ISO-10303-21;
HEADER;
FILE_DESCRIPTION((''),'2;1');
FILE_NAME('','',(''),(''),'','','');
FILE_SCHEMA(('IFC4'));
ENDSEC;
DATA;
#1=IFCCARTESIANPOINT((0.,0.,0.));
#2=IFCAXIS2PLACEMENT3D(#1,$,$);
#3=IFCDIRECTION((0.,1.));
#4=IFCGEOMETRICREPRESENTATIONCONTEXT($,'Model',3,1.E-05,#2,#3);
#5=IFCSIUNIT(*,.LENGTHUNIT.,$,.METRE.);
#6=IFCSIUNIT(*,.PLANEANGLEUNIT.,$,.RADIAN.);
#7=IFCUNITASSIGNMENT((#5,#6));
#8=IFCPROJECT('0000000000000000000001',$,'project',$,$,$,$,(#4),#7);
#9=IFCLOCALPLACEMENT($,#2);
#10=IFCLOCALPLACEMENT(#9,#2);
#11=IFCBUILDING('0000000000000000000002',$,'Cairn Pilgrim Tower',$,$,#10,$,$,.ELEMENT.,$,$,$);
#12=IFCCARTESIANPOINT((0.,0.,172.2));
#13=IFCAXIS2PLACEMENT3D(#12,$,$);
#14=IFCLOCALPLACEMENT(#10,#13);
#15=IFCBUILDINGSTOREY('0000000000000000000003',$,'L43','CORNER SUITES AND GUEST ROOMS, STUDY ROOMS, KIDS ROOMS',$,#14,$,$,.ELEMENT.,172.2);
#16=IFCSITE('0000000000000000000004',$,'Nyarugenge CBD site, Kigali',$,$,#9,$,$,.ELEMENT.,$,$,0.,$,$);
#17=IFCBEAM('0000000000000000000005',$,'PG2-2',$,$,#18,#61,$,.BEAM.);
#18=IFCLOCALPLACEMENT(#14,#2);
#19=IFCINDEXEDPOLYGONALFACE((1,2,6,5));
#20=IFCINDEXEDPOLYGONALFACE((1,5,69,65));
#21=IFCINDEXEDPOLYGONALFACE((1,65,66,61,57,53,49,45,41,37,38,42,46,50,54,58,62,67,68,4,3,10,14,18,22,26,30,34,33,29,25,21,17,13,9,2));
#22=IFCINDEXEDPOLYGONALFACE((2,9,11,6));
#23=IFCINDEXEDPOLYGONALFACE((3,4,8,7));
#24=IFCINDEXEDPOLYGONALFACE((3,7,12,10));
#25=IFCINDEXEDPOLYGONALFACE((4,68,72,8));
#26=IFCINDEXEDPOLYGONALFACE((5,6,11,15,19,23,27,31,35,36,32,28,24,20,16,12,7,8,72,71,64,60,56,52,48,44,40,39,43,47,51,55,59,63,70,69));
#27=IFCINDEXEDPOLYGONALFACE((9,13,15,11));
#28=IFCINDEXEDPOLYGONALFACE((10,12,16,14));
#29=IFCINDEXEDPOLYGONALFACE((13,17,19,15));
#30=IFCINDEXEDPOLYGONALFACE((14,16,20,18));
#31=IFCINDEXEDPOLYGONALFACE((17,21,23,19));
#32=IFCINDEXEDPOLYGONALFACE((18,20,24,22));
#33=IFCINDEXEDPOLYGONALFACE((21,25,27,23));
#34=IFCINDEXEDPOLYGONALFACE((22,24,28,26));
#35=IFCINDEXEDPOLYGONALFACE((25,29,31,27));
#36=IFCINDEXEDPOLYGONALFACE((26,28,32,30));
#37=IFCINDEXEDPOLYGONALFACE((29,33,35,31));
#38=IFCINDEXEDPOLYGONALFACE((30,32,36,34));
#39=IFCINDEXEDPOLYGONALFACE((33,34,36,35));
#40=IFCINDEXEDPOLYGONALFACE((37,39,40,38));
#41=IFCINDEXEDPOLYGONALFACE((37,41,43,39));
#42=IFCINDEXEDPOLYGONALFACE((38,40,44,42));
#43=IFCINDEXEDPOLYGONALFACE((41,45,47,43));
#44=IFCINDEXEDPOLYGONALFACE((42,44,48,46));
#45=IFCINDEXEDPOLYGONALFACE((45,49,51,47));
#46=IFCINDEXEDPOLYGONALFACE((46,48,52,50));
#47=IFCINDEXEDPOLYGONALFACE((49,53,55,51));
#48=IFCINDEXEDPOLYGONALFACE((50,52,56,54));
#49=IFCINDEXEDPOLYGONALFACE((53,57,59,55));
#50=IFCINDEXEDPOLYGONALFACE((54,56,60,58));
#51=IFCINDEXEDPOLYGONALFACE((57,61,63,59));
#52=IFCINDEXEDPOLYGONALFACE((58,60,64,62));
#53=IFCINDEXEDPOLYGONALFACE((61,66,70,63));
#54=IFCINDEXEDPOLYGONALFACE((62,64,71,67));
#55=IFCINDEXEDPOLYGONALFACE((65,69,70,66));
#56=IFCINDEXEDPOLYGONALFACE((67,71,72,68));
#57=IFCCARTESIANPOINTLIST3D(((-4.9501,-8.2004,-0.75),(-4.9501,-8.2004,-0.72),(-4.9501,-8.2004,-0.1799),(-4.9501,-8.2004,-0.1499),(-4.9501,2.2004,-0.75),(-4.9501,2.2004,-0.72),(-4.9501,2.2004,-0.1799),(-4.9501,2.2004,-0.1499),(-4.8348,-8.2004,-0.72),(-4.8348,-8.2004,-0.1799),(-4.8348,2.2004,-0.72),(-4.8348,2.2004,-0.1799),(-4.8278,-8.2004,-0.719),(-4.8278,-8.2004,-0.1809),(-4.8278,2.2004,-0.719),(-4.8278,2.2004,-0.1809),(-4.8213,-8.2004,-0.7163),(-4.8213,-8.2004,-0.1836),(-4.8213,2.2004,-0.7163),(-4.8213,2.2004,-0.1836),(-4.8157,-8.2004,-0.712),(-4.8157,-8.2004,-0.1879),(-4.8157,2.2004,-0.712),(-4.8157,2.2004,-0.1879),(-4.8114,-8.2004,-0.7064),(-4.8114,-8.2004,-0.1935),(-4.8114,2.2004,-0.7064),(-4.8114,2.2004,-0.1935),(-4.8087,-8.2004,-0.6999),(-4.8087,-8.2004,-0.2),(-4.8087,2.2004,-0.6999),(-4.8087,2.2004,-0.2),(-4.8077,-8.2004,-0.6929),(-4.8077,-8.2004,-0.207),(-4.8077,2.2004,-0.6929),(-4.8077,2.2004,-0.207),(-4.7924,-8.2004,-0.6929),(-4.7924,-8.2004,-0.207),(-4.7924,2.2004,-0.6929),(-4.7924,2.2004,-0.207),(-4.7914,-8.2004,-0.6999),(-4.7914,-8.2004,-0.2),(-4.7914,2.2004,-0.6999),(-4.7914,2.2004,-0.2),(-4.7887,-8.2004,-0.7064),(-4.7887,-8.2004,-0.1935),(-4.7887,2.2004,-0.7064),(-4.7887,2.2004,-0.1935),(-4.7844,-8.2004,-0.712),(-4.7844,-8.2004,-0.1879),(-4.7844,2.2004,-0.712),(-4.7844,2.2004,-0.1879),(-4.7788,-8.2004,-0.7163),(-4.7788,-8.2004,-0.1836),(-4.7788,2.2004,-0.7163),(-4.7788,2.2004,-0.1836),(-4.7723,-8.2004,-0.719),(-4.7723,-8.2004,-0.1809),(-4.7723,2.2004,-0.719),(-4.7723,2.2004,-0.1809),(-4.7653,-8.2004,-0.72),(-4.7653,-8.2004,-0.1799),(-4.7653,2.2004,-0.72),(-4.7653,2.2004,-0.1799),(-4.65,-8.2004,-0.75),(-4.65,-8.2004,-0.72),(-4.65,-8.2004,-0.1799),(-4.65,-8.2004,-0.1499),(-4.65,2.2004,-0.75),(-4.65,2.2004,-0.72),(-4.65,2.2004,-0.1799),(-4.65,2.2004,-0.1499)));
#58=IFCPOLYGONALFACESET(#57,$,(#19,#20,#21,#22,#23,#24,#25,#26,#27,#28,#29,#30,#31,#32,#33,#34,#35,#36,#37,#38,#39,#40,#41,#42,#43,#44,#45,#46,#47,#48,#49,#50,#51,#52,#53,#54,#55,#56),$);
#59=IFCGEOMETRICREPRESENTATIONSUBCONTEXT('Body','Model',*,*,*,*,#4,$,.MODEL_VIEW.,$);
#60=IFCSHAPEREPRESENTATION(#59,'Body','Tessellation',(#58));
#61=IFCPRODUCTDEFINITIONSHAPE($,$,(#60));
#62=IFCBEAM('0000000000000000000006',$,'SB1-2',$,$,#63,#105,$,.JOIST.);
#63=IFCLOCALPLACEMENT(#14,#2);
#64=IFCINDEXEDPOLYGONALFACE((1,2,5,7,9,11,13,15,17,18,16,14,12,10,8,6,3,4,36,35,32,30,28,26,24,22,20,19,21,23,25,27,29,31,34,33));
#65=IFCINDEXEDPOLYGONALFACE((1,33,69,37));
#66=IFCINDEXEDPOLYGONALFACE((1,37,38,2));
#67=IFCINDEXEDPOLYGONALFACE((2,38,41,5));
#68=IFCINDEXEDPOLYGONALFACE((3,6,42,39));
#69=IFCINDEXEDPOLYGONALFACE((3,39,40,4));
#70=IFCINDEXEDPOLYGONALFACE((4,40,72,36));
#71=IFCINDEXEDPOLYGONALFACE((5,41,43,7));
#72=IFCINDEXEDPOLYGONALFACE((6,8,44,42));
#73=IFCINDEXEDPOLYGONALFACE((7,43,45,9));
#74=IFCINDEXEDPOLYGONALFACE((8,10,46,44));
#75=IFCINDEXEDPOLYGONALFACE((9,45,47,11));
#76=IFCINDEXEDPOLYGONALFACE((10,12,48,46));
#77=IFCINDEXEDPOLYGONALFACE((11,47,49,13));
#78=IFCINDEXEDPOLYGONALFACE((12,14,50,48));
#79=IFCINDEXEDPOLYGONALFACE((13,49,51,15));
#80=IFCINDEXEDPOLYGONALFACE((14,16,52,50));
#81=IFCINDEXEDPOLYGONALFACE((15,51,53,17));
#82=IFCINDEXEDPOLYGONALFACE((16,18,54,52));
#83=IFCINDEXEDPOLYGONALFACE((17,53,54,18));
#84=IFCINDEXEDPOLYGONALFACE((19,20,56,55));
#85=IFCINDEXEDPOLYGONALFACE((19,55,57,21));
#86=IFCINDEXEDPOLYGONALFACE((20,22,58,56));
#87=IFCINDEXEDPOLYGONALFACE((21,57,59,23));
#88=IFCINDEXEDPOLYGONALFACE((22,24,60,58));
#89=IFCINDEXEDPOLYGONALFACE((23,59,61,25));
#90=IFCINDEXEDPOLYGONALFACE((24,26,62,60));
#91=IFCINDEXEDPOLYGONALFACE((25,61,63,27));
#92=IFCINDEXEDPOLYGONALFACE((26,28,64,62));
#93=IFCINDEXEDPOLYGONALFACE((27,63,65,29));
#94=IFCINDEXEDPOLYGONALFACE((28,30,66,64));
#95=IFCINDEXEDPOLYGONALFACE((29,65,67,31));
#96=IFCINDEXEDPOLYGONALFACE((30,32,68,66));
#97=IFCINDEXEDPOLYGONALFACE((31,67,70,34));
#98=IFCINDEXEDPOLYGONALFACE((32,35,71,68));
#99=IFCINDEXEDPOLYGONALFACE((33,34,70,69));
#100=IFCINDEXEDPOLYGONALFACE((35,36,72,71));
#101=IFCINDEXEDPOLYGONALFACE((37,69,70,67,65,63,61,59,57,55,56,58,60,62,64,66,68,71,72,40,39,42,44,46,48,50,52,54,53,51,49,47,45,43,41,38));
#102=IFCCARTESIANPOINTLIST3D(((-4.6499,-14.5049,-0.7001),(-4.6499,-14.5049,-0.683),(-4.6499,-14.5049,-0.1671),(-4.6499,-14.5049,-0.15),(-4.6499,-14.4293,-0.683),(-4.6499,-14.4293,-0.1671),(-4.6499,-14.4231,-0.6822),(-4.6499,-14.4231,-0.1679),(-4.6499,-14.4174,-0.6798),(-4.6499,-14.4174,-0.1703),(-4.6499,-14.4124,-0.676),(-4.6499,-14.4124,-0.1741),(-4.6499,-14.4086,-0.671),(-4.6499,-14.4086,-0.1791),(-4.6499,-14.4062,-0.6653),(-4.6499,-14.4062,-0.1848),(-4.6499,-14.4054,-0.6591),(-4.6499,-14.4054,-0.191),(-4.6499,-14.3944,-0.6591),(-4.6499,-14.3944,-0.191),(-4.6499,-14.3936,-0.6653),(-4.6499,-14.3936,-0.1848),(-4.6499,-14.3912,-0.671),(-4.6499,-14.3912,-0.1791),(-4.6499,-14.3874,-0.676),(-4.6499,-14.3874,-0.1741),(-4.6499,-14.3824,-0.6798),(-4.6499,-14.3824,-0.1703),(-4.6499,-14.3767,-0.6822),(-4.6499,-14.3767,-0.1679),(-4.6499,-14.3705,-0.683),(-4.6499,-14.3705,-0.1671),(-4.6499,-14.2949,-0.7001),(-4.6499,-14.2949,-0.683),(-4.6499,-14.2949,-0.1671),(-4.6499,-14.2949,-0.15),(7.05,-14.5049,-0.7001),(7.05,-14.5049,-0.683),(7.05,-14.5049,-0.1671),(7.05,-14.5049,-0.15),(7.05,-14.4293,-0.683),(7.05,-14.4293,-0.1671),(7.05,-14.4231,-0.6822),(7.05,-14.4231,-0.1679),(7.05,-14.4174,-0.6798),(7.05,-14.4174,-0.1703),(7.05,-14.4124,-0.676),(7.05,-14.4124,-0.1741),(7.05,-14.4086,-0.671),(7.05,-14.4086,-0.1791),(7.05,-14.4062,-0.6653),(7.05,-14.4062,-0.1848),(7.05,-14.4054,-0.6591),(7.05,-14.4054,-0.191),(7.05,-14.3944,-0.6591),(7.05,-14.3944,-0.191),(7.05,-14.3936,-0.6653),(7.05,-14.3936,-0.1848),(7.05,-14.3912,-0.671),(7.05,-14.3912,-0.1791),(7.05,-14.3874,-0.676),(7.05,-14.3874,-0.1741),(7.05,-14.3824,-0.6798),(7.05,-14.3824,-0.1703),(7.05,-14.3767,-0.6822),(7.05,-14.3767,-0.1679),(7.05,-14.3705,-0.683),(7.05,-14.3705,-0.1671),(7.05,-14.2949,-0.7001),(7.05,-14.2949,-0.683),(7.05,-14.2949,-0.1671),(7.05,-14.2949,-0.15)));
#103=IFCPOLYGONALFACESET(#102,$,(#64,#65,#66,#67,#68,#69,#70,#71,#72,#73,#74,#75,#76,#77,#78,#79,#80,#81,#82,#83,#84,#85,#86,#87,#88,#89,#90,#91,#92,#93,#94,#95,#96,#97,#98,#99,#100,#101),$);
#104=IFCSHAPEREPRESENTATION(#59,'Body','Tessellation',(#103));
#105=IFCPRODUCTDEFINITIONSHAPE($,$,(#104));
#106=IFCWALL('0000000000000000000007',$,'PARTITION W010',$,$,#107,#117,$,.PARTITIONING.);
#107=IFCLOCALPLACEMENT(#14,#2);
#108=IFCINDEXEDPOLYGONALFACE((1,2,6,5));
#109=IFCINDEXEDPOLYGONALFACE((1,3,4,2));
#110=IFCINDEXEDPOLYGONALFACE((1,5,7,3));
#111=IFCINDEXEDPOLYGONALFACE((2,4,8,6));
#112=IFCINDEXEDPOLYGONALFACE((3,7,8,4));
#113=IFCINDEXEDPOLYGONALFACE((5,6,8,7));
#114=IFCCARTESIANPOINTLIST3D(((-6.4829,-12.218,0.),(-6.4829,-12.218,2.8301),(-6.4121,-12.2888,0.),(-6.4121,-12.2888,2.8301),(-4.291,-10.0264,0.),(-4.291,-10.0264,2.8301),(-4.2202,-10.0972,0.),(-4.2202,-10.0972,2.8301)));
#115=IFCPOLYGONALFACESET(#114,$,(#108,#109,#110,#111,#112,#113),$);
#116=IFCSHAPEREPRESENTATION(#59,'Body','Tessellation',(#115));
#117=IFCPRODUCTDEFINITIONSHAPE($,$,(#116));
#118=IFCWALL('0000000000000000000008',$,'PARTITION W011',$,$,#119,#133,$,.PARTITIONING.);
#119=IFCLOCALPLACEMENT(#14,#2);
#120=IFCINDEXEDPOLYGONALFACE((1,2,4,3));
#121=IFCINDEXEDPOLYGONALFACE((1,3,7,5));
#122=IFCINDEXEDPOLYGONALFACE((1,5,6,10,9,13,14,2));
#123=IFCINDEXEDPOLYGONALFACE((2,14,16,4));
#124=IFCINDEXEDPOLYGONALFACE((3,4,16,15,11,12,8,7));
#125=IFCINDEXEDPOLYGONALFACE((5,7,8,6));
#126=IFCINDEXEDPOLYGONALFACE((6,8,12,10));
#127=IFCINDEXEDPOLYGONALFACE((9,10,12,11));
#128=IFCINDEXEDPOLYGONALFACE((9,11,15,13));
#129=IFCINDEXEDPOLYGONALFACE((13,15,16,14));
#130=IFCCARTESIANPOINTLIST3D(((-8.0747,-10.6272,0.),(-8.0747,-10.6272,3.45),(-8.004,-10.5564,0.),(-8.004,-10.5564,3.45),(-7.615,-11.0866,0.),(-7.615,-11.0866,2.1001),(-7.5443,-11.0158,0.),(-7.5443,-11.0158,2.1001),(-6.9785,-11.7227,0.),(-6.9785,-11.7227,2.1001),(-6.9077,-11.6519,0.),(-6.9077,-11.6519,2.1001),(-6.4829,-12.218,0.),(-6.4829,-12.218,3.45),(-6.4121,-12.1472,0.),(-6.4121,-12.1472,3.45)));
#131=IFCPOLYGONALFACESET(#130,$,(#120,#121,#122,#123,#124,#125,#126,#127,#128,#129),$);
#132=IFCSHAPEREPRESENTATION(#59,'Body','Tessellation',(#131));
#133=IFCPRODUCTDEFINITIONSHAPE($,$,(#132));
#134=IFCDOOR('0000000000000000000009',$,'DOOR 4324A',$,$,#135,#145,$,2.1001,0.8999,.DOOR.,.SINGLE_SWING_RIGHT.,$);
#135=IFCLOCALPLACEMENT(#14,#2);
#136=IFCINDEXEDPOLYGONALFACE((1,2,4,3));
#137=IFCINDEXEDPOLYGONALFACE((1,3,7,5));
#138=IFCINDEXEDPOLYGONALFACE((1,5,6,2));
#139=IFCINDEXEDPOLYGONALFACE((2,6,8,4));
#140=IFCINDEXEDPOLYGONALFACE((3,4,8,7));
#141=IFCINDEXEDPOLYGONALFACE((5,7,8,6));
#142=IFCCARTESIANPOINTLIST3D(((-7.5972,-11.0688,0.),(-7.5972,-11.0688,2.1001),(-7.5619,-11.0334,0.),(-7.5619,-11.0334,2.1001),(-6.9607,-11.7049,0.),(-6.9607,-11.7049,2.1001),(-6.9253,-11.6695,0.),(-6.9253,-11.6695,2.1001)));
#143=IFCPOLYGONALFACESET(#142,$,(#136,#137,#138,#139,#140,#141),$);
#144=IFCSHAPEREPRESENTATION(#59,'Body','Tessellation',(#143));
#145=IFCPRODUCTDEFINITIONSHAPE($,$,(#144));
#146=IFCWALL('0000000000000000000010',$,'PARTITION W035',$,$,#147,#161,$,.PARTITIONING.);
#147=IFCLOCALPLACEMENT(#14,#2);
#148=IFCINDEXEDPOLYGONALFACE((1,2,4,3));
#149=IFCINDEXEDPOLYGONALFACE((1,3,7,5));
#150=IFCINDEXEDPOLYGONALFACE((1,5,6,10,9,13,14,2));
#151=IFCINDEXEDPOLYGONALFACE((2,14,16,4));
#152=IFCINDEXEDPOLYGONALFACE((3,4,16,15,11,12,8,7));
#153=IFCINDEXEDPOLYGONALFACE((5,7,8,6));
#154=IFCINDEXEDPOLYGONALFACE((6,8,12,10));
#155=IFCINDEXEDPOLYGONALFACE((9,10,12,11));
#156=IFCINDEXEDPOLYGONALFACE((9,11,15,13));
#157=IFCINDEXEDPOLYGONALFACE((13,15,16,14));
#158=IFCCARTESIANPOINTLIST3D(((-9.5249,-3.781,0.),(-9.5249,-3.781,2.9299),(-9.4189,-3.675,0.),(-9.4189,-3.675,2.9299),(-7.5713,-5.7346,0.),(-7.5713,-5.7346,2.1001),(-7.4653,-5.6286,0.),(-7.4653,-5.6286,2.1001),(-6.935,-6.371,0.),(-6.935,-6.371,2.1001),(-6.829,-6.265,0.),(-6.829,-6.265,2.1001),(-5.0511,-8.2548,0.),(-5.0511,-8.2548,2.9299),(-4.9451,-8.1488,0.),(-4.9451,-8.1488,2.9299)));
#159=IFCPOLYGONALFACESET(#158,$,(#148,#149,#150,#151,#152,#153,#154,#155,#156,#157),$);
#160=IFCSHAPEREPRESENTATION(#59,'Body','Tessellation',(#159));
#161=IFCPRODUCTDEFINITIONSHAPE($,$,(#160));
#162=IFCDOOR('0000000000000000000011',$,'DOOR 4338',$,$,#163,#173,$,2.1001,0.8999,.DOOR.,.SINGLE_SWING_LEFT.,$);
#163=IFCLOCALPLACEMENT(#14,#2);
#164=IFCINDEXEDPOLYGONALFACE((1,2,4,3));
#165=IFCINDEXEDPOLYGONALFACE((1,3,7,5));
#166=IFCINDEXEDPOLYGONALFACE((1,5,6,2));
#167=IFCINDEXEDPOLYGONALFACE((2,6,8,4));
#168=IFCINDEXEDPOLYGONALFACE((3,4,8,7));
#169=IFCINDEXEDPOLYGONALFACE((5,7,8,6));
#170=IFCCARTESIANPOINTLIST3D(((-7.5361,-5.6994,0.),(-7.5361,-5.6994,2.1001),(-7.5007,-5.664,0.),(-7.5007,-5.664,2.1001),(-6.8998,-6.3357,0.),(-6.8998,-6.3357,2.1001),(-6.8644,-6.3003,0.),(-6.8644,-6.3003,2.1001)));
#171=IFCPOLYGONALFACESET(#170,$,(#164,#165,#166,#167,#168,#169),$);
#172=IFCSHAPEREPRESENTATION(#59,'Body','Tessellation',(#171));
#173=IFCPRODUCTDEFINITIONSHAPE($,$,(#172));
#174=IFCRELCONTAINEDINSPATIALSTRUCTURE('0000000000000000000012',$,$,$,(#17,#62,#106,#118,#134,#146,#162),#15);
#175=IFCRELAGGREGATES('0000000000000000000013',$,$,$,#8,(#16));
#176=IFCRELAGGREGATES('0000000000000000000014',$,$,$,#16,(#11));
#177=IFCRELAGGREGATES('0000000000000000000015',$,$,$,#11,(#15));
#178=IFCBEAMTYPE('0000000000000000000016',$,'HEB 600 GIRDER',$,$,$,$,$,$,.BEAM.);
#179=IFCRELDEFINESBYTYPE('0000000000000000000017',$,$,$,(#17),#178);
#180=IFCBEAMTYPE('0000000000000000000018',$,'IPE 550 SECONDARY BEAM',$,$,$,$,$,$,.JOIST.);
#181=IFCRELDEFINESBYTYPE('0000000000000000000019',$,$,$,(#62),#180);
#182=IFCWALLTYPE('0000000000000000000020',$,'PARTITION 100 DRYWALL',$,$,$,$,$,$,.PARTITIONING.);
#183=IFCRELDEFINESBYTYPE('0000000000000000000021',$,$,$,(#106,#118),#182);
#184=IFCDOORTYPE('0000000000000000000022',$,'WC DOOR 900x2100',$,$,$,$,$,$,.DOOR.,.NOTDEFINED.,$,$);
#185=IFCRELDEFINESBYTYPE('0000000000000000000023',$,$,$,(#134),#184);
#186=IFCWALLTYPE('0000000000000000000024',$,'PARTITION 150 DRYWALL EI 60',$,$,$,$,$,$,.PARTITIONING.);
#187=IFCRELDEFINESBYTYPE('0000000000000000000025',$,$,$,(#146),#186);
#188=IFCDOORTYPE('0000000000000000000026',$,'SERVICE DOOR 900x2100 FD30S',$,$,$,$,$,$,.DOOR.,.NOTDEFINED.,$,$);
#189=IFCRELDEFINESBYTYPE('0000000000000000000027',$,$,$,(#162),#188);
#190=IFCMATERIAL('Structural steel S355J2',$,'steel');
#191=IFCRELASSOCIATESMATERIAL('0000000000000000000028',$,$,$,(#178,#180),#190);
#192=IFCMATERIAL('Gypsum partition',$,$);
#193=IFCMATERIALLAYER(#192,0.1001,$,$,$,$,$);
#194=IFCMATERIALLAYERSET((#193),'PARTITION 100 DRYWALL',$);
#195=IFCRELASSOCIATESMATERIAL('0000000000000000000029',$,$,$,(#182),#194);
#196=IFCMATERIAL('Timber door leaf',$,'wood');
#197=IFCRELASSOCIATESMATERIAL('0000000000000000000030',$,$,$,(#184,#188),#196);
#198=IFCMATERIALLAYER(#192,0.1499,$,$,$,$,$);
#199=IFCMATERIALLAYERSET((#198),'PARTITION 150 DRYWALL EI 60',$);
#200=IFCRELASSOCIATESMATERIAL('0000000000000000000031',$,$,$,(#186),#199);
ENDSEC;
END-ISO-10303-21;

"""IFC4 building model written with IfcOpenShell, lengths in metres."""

from ifc_helpers import new_model, si_unit, direction, frame, frame_2d, origin, origin_2d, place, context, subcontext, project, spatial, rectangle, i_section, extrude, material, layer, layer_set, material_profile, profile_set, type_object, element, fill, save


model = new_model("IFC4")

# Units and contexts
model_context = context("Model", 3, precision=1e-05, world=origin(), true_north=direction((0.0, 1.0)))
body_context = subcontext(model_context, "Body", "Model", "MODEL_VIEW")
ifc_project = project(units=[si_unit("LENGTHUNIT", "METRE"), si_unit("PLANEANGLEUNIT", "RADIAN")], contexts=[model_context])

# Site, building, storey
site_placement = place(None, origin())
site = spatial("IfcSite", under=ifc_project, at=site_placement, Name="Nyarugenge CBD site, Kigali", CompositionType="ELEMENT", RefElevation=0.0)
building_placement = place(site_placement, origin())
building = spatial("IfcBuilding", under=site, at=building_placement, Name="Cairn Pilgrim Tower", CompositionType="ELEMENT")
storey_placement = place(building_placement, frame((0.0, 0.0, 172.2)))
storey = spatial("IfcBuildingStorey", under=building, at=storey_placement, Name="L43", Description="CORNER SUITES AND GUEST ROOMS, STUDY ROOMS, KIDS ROOMS", CompositionType="ELEMENT", Elevation=172.2)

# Shared definitions
ifc_material_1 = material(Name="Structural steel S355J2", Category="steel")

# Beams
ifc_material_profile_1 = material_profile(ifc_material_1, i_section(OverallWidth=0.3, OverallDepth=0.6001, WebThickness=0.0154, FlangeThickness=0.03, FilletRadius=0.0271, at=origin_2d()), Name="HEB 600")
ifc_profile_set_1 = profile_set([ifc_material_profile_1], Name="Structural steel S355J2")
beam_type_1 = type_object("IfcBeamType", Name="HEB 600 GIRDER", PredefinedType="BEAM", material=ifc_profile_set_1)
beam_1_placement = place(storey_placement, frame((-4.8, -8.2004, -0.45), z_axis=(0.0, 1.0, 0.0), x_axis=(-1.0, 0.0, 0.0)))
element("IfcBeam", 1, at=beam_1_placement, inside=storey, type_object=beam_type_1, Name="PG2-2", PredefinedType="BEAM", context=body_context, shape_type="SweptSolid", body=[
    extrude(i_section(OverallWidth=0.3, OverallDepth=0.6001, WebThickness=0.0154, FlangeThickness=0.03, FilletRadius=0.0271, at=origin_2d()), origin(), (0.0, 0.0, 1.0), 10.4009),
])
ifc_material_profile_2 = material_profile(ifc_material_1, i_section(OverallWidth=0.21, OverallDepth=0.55, WebThickness=0.011, FlangeThickness=0.0171, FilletRadius=0.0239, at=origin_2d()), Name="IPE 550")
ifc_profile_set_2 = profile_set([ifc_material_profile_2], Name="Structural steel S355J2")
beam_type_2 = type_object("IfcBeamType", Name="IPE 550 SECONDARY BEAM", PredefinedType="JOIST", material=ifc_profile_set_2)
beam_2_placement = place(storey_placement, frame((-4.6499, -14.3999, -0.425), z_axis=(1.0, 0.0, 0.0), x_axis=(0.0, 1.0, 0.0)))
element("IfcBeam", 2, at=beam_2_placement, inside=storey, type_object=beam_type_2, Name="SB1-2", PredefinedType="JOIST", context=body_context, shape_type="SweptSolid", body=[
    extrude(i_section(OverallWidth=0.21, OverallDepth=0.55, WebThickness=0.011, FlangeThickness=0.0171, FilletRadius=0.0239, at=origin_2d()), origin(), (0.0, 0.0, 1.0), 11.7),
])

# Wall
ifc_material_2 = material(Name="Gypsum partition")
ifc_layer_1 = layer(ifc_material_2, 0.1001)
ifc_layer_set_1 = layer_set([ifc_layer_1], Name="PARTITION 100 DRYWALL")
wall_type_1 = type_object("IfcWallType", Name="PARTITION 100 DRYWALL", PredefinedType="PARTITIONING", material=ifc_layer_set_1)
wall_1_placement = place(storey_placement, frame((-6.4475, -12.2534, 0.0), z_axis=(0.0, 0.0, 1.0), x_axis=(0.707146, 0.707067, 0.0)))
element("IfcWall", 3, at=wall_1_placement, inside=storey, type_object=wall_type_1, Name="PARTITION W010", PredefinedType="PARTITIONING", context=body_context, shape_type="SweptSolid", body=[
    extrude(rectangle(XDim=3.0996, YDim=0.1001, at=frame_2d((1.5498, 0.0))), origin(), (0.0, 0.0, 1.0), 2.8301),
])

# Walls, openings, doors
wall_2_placement = place(storey_placement, frame((-6.4475, -12.1826, 0.0), z_axis=(0.0, 0.0, 1.0), x_axis=(-0.707324, 0.70689, 0.0)))
wall_2 = element("IfcWall", 4, at=wall_2_placement, inside=storey, type_object=wall_type_1, Name="PARTITION W011", PredefinedType="PARTITIONING", context=body_context, shape_type="SweptSolid", body=[
    extrude(rectangle(XDim=2.2505, YDim=0.1001, at=frame_2d((1.1252, 0.0))), origin(), (0.0, 0.0, 1.0), 3.45),
])
opening_1_placement = place(wall_2_placement, frame((0.7007, 0.0, 0.0)))
opening_1 = element("IfcOpeningElement", 5, at=opening_1_placement, cuts=wall_2, PredefinedType="OPENING", context=body_context, shape_type="SweptSolid", body=[
    extrude(rectangle(XDim=0.8999, YDim=2.1001, at=frame_2d((0.45, 1.05))), frame((0.0, 0.0601, 0.0), z_axis=(0.0, -1.0, 0.0), x_axis=(1.0, 0.0, 0.0)), (0.0, 0.0, 1.0), 0.1201),
])
ifc_material_3 = material(Name="Timber door leaf", Category="wood")
door_type_1 = type_object("IfcDoorType", Name="WC DOOR 900x2100", OperationType="NOTDEFINED", PredefinedType="DOOR", material=ifc_material_3)
door_1_placement = place(opening_1_placement, origin())
door_1 = element("IfcDoor", 6, at=door_1_placement, inside=storey, type_object=door_type_1, Name="DOOR 4324A", OperationType="SINGLE_SWING_RIGHT", OverallHeight=2.1001, OverallWidth=0.8999, PredefinedType="DOOR", context=body_context, shape_type="SweptSolid", body=[
    extrude(rectangle(XDim=0.8999, YDim=2.1001, at=frame_2d((0.45, 1.05))), frame((0.0, 0.0249, 0.0), z_axis=(0.0, -1.0, 0.0), x_axis=(1.0, 0.0, 0.0)), (0.0, 0.0, 1.0), 0.05),
])
fill(opening_1, door_1)
ifc_layer_2 = layer(ifc_material_2, 0.1499)
ifc_layer_set_2 = layer_set([ifc_layer_2], Name="PARTITION 150 DRYWALL EI 60")
wall_type_2 = type_object("IfcWallType", Name="PARTITION 150 DRYWALL EI 60", PredefinedType="PARTITIONING", material=ifc_layer_set_2)
wall_3_placement = place(storey_placement, frame((-4.998, -8.2019, 0.0), z_axis=(0.0, 0.0, 1.0), x_axis=(-0.707107, 0.707107, 0.0)))
wall_3 = element("IfcWall", 7, at=wall_3_placement, inside=storey, type_object=wall_type_2, Name="PARTITION W035", PredefinedType="PARTITIONING", context=body_context, shape_type="SweptSolid", body=[
    extrude(rectangle(XDim=6.3269, YDim=0.1499, at=frame_2d((3.1636, 0.0))), origin(), (0.0, 0.0, 1.0), 2.9299),
])
opening_2_placement = place(wall_3_placement, frame((2.6643, 0.0, 0.0)))
opening_2 = element("IfcOpeningElement", 8, at=opening_2_placement, cuts=wall_3, PredefinedType="OPENING", context=body_context, shape_type="SweptSolid", body=[
    extrude(rectangle(XDim=0.8999, YDim=2.1001, at=frame_2d((0.45, 1.05))), frame((0.0, 0.085, 0.0), z_axis=(0.0, -1.0, 0.0), x_axis=(1.0, 0.0, 0.0)), (0.0, 0.0, 1.0), 0.1699),
])
door_type_2 = type_object("IfcDoorType", Name="SERVICE DOOR 900x2100 FD30S", OperationType="NOTDEFINED", PredefinedType="DOOR", material=ifc_material_3)
door_2_placement = place(opening_2_placement, frame((0.8999, 0.0, 0.0), z_axis=(0.0, 0.0, 1.0), x_axis=(-1.0, 0.0, 0.0)))
door_2 = element("IfcDoor", 9, at=door_2_placement, inside=storey, type_object=door_type_2, Name="DOOR 4338", OperationType="SINGLE_SWING_LEFT", OverallHeight=2.1001, OverallWidth=0.8999, PredefinedType="DOOR", context=body_context, shape_type="SweptSolid", body=[
    extrude(rectangle(XDim=0.8999, YDim=2.1001, at=frame_2d((0.45, 1.05))), frame((0.0, 0.0249, 0.0), z_axis=(0.0, -1.0, 0.0), x_axis=(1.0, 0.0, 0.0)), (0.0, 0.0, 1.0), 0.05),
])
fill(opening_2, door_2)

save(model, "model.ifc")
